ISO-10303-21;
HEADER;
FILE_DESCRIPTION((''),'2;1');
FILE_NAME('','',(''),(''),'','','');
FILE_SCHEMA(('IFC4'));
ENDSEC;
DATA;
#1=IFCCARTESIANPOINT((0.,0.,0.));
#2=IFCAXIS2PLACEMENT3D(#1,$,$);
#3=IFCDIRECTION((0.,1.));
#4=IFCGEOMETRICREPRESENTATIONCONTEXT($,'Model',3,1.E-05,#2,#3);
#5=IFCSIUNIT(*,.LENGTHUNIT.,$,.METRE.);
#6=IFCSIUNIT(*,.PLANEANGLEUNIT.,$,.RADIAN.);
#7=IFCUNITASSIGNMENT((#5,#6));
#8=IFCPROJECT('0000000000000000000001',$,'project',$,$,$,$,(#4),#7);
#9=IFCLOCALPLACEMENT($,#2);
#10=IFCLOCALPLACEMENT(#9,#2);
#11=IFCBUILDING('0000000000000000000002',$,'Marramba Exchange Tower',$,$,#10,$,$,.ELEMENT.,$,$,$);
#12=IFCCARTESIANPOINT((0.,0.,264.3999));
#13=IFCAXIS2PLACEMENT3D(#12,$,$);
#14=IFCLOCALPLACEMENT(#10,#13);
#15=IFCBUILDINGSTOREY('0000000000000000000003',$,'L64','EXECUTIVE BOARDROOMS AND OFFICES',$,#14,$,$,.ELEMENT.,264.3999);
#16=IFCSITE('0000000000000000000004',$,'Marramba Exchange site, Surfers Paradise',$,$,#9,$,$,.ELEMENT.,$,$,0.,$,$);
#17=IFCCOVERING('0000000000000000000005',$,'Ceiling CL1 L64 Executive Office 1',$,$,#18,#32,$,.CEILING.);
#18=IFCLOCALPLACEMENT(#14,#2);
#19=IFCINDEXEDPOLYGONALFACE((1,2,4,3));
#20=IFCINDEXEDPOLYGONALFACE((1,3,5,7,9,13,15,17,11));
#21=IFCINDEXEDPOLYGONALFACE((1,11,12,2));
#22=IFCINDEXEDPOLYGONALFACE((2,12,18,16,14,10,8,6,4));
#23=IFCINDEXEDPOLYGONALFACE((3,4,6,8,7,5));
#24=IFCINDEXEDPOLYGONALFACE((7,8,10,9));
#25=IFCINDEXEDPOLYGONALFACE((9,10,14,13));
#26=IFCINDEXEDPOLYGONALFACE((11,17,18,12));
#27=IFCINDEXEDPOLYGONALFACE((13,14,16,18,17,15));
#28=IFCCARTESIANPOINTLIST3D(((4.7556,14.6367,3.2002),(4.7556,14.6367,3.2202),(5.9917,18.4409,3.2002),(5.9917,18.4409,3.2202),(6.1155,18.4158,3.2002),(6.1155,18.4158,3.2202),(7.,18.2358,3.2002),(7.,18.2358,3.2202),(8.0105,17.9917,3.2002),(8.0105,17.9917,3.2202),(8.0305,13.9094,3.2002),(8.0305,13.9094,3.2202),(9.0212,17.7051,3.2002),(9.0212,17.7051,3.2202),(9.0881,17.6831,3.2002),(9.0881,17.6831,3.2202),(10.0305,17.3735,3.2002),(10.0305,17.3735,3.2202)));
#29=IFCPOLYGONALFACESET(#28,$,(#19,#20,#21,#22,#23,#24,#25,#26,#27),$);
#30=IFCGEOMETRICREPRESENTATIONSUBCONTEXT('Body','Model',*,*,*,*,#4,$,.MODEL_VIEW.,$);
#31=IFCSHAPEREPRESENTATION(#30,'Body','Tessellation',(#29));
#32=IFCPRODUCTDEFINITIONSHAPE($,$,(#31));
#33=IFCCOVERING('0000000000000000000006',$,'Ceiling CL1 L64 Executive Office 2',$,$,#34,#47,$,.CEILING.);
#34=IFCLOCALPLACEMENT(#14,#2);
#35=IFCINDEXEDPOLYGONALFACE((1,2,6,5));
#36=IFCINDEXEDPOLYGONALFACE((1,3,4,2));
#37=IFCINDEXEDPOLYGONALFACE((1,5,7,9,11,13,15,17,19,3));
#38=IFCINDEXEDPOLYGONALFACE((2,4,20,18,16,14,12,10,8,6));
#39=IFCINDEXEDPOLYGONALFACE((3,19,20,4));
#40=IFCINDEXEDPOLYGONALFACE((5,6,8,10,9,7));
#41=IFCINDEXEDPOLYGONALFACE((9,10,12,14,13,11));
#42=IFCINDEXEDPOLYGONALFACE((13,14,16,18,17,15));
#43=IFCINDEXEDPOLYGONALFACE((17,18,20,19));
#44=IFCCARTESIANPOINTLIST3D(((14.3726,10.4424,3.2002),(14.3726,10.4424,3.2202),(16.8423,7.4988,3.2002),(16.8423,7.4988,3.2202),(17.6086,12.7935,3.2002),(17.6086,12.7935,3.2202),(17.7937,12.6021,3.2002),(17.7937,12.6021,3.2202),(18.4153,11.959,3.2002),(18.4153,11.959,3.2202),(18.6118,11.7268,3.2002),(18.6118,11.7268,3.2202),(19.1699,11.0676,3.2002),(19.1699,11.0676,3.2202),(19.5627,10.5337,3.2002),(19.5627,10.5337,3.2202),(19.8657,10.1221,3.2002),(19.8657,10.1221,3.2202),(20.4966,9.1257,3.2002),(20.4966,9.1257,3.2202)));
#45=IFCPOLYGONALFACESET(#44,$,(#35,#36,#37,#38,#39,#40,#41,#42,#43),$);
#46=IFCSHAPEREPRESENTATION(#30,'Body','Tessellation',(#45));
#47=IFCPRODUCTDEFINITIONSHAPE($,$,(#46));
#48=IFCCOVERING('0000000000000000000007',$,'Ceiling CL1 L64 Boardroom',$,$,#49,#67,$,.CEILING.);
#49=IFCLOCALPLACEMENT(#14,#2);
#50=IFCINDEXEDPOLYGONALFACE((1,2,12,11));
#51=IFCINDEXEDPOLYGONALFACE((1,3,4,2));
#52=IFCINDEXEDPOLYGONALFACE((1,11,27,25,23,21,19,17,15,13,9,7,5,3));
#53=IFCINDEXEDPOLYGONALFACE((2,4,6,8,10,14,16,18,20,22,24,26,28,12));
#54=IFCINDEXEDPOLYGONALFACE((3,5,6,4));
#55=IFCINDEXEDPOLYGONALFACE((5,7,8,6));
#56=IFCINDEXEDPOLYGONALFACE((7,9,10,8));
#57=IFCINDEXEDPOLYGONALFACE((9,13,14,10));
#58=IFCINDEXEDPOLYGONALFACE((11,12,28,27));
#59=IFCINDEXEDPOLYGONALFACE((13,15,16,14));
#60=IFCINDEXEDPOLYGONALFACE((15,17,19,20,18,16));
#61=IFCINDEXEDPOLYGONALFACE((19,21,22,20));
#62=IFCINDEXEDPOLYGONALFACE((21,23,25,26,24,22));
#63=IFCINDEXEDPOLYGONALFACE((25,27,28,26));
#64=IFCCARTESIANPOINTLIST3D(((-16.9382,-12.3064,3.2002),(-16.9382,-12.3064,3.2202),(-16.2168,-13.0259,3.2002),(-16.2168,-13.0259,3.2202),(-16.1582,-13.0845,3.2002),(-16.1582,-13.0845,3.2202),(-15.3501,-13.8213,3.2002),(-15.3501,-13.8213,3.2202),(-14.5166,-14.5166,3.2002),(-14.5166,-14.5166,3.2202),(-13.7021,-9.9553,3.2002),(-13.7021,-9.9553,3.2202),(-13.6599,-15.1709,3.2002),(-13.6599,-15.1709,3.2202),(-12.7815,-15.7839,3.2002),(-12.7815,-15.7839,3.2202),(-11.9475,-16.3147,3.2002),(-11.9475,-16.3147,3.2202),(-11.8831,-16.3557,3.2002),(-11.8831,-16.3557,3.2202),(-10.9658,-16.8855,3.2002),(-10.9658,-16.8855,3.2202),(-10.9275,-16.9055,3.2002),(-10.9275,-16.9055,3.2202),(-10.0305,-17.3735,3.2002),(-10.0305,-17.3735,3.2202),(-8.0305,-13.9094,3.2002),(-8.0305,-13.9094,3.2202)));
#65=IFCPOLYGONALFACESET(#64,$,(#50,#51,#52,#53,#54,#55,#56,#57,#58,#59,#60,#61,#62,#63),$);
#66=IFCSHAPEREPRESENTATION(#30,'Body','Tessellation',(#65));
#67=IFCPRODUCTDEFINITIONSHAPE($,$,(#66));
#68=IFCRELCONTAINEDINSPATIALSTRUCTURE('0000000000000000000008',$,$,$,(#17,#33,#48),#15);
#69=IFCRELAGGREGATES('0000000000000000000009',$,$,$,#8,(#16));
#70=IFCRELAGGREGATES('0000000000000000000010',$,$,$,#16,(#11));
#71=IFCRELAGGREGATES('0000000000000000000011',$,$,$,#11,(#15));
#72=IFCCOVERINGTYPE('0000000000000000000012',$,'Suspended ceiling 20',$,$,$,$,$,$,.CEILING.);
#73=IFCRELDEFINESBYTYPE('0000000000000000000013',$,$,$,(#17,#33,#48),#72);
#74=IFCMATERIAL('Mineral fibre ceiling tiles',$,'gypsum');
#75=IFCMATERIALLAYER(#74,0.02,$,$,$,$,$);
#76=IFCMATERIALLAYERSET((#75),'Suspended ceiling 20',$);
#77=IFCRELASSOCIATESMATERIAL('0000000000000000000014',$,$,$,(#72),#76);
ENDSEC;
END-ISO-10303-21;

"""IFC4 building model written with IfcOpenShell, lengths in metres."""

from ifc_helpers import new_model, si_unit, direction, frame, origin, place, context, subcontext, project, spatial, polyline, outline, extrude, material, layer, layer_set, type_object, element, save


model = new_model("IFC4")

# Units and contexts
model_context = context("Model", 3, precision=1e-05, world=origin(), true_north=direction((0.0, 1.0)))
body_context = subcontext(model_context, "Body", "Model", "MODEL_VIEW")
ifc_project = project(units=[si_unit("LENGTHUNIT", "METRE"), si_unit("PLANEANGLEUNIT", "RADIAN")], contexts=[model_context])

# Site, building, storey
site_placement = place(None, origin())
site = spatial("IfcSite", under=ifc_project, at=site_placement, Name="Marramba Exchange site, Surfers Paradise", CompositionType="ELEMENT", RefElevation=0.0)
building_placement = place(site_placement, origin())
building = spatial("IfcBuilding", under=site, at=building_placement, Name="Marramba Exchange Tower", CompositionType="ELEMENT")
storey_placement = place(building_placement, frame((0.0, 0.0, 264.3999)))
storey = spatial("IfcBuildingStorey", under=building, at=storey_placement, Name="L64", Description="EXECUTIVE BOARDROOMS AND OFFICES", CompositionType="ELEMENT", Elevation=264.3999)

# Coverings
ifc_material_1 = material(Name="Mineral fibre ceiling tiles", Category="gypsum")
ifc_layer_1 = layer(ifc_material_1, 0.02)
ifc_layer_set_1 = layer_set([ifc_layer_1], Name="Suspended ceiling 20")
covering_type = type_object("IfcCoveringType", Name="Suspended ceiling 20", PredefinedType="CEILING", material=ifc_layer_set_1)
covering_1_placement = place(storey_placement, frame((0.0, 0.0, 3.2002)))
element("IfcCovering", 1, at=covering_1_placement, inside=storey, type_object=covering_type, Name="Ceiling CL1 L64 Executive Office 1", PredefinedType="CEILING", context=body_context, shape_type="SweptSolid", body=[
    extrude(outline(polyline([(6.1155, 18.4158), (7.0, 18.2358), (8.0105, 17.9917), (9.0212, 17.7051), (9.0881, 17.6831), (10.0305, 17.3735), (8.0305, 13.9094), (4.7556, 14.6367), (5.9917, 18.4409), (6.1155, 18.4158)])), origin(), (0.0, 0.0, 1.0), 0.02),
])
covering_2_placement = place(storey_placement, frame((0.0, 0.0, 3.2002)))
element("IfcCovering", 2, at=covering_2_placement, inside=storey, type_object=covering_type, Name="Ceiling CL1 L64 Executive Office 2", PredefinedType="CEILING", context=body_context, shape_type="SweptSolid", body=[
    extrude(outline(polyline([(17.7937, 12.6021), (18.4153, 11.959), (18.6118, 11.7268), (19.1699, 11.0676), (19.5627, 10.5337), (19.8657, 10.1221), (20.4966, 9.1257), (16.8423, 7.4988), (14.3726, 10.4424), (17.6086, 12.7935), (17.7937, 12.6021)])), origin(), (0.0, 0.0, 1.0), 0.02),
])
covering_3_placement = place(storey_placement, frame((0.0, 0.0, 3.2002)))
element("IfcCovering", 3, at=covering_3_placement, inside=storey, type_object=covering_type, Name="Ceiling CL1 L64 Boardroom", PredefinedType="CEILING", context=body_context, shape_type="SweptSolid", body=[
    extrude(outline(polyline([(-10.9275, -16.9055), (-10.9658, -16.8855), (-11.8831, -16.3557), (-11.9475, -16.3147), (-12.7815, -15.7839), (-13.6599, -15.1709), (-14.5166, -14.5166), (-15.3501, -13.8213), (-16.1582, -13.0845), (-16.2168, -13.0259), (-16.9382, -12.3064), (-13.7021, -9.9553), (-8.0305, -13.9094), (-10.0305, -17.3735), (-10.9275, -16.9055)])), origin(), (0.0, 0.0, 1.0), 0.02),
])

save(model, "model.ifc")
